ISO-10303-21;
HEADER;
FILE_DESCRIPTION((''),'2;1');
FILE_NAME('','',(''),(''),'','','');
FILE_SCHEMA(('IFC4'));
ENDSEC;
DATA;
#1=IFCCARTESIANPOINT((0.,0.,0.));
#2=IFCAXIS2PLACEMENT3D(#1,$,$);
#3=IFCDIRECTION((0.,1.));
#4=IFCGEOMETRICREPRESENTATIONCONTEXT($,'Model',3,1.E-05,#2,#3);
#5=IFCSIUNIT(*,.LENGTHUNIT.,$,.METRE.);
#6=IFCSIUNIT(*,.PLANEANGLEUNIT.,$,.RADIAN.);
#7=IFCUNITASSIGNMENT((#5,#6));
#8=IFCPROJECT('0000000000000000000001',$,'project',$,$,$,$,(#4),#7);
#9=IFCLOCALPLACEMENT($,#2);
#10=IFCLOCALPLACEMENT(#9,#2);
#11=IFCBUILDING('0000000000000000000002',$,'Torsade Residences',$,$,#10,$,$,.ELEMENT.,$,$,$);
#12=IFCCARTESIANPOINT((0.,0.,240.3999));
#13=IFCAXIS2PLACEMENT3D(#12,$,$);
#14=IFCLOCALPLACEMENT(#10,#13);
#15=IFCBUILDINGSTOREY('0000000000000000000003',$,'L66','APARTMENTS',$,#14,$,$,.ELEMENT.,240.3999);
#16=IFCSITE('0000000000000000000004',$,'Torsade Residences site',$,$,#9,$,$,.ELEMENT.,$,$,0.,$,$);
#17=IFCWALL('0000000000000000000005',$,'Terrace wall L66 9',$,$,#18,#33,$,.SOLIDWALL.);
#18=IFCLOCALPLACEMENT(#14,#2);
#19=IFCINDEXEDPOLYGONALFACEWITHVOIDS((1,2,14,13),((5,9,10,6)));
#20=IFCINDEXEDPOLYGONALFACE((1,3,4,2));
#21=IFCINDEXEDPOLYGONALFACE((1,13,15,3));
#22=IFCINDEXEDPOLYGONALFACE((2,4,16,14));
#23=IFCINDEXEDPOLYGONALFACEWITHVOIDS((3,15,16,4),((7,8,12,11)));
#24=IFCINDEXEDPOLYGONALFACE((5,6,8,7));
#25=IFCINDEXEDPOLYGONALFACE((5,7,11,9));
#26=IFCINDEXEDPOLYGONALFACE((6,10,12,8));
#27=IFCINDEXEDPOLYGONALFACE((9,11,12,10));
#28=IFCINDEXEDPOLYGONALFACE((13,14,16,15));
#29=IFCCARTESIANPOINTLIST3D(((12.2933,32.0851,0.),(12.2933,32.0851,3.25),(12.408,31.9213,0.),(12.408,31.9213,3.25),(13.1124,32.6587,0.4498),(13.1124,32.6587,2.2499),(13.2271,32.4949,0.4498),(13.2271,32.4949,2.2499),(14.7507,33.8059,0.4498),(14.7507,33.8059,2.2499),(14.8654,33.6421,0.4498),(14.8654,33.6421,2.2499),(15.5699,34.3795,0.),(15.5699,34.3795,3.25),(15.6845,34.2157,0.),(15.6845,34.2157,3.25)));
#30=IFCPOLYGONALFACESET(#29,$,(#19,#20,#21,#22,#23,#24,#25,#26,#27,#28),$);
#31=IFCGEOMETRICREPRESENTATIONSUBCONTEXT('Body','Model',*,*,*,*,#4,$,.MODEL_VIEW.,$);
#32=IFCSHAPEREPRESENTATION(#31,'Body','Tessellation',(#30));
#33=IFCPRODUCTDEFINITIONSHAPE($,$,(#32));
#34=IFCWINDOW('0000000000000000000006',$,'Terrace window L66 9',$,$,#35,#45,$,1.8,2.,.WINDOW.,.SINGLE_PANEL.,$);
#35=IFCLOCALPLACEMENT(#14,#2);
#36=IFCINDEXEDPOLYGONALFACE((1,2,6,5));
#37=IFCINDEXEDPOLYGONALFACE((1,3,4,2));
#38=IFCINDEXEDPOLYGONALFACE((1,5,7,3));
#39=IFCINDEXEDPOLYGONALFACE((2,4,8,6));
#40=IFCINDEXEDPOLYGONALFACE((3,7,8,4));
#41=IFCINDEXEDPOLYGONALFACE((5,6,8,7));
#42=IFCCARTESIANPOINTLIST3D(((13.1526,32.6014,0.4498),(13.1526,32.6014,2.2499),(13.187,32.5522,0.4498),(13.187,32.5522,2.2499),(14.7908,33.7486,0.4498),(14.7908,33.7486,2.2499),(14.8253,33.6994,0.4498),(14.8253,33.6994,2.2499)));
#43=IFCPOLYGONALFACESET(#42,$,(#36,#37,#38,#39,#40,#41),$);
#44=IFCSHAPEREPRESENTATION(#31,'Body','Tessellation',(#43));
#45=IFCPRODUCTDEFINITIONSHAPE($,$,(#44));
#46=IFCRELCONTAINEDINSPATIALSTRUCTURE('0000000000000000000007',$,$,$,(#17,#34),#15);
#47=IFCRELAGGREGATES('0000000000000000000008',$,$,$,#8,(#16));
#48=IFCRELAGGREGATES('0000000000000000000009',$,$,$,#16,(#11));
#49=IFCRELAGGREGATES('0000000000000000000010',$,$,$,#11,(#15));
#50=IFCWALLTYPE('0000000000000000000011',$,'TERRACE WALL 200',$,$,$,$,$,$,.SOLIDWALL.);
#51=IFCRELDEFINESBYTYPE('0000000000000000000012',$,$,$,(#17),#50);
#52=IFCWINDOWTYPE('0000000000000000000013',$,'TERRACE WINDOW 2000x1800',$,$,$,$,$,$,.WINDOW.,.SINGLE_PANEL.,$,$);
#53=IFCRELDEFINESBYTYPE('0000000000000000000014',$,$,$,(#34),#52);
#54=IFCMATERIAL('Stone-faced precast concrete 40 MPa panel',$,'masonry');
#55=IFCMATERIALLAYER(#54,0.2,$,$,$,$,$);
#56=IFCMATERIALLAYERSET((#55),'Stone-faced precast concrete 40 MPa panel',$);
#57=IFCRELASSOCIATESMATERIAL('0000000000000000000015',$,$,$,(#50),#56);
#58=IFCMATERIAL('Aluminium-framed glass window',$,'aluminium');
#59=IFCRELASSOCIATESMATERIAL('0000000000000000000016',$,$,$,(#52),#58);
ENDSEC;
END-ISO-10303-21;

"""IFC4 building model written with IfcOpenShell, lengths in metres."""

from ifc_helpers import new_model, si_unit, direction, frame, frame_2d, origin, place, context, subcontext, project, spatial, rectangle, extrude, material, layer, layer_set, type_object, element, fill, save


model = new_model("IFC4")

# Units and contexts
model_context = context("Model", 3, precision=1e-05, world=origin(), true_north=direction((0.0, 1.0)))
body_context = subcontext(model_context, "Body", "Model", "MODEL_VIEW")
ifc_project = project(units=[si_unit("LENGTHUNIT", "METRE"), si_unit("PLANEANGLEUNIT", "RADIAN")], contexts=[model_context])

# Site, building, storey
site_placement = place(None, origin())
site = spatial("IfcSite", under=ifc_project, at=site_placement, Name="Torsade Residences site", CompositionType="ELEMENT", RefElevation=0.0)
building_placement = place(site_placement, origin())
building = spatial("IfcBuilding", under=site, at=building_placement, Name="Torsade Residences", CompositionType="ELEMENT")
storey_placement = place(building_placement, frame((0.0, 0.0, 240.3999)))
storey = spatial("IfcBuildingStorey", under=building, at=storey_placement, Name="L66", Description="APARTMENTS", CompositionType="ELEMENT", Elevation=240.3999)

# Shared definitions
ifc_material_1 = material(Name="Stone-faced precast concrete 40 MPa panel", Category="masonry")
ifc_layer_1 = layer(ifc_material_1, 0.2)
ifc_layer_set_1 = layer_set([ifc_layer_1], Name="Stone-faced precast concrete 40 MPa panel")
wall_type_1 = type_object("IfcWallType", Name="TERRACE WALL 200", PredefinedType="SOLIDWALL", material=ifc_layer_set_1)

# Wall, opening, window
wall_1_placement = place(storey_placement, frame((15.6272, 34.2976, 0.0), z_axis=(0.0, 0.0, 1.0), x_axis=(-0.819137, -0.573598, 0.0)))
wall_1 = element("IfcWall", 1, at=wall_1_placement, inside=storey, type_object=wall_type_1, Name="Terrace wall L66 9", PredefinedType="SOLIDWALL", context=body_context, shape_type="SweptSolid", body=[
    extrude(rectangle(XDim=4.0, YDim=0.2, at=frame_2d((2.0, 0.0))), origin(), (0.0, 0.0, 1.0), 3.25),
])
opening_1_placement = place(wall_1_placement, frame((1.0, 0.0, 0.45)))
opening_1 = element("IfcOpeningElement", 2, at=opening_1_placement, cuts=wall_1, PredefinedType="OPENING", context=body_context, shape_type="SweptSolid", body=[
    extrude(rectangle(XDim=2.0, YDim=1.8, at=frame_2d((1.0, 0.8999))), frame((0.0, 0.1099, 0.0), z_axis=(0.0, -1.0, 0.0), x_axis=(1.0, 0.0, 0.0)), (0.0, 0.0, 1.0), 0.22),
])
ifc_material_2 = material(Name="Aluminium-framed glass window", Category="aluminium")
window_type = type_object("IfcWindowType", Name="TERRACE WINDOW 2000x1800", PartitioningType="SINGLE_PANEL", PredefinedType="WINDOW", material=ifc_material_2)
window_placement = place(opening_1_placement, origin())
window = element("IfcWindow", 3, at=window_placement, inside=storey, type_object=window_type, Name="Terrace window L66 9", OverallHeight=1.8, OverallWidth=2.0, PartitioningType="SINGLE_PANEL", PredefinedType="WINDOW", context=body_context, shape_type="SweptSolid", body=[
    extrude(rectangle(XDim=2.0, YDim=1.8, at=frame_2d((1.0, 0.8999))), frame((0.0, 0.03, 0.0), z_axis=(0.0, -1.0, 0.0), x_axis=(1.0, 0.0, 0.0)), (0.0, 0.0, 1.0), 0.0601),
])
fill(opening_1, window)

save(model, "model.ifc")
